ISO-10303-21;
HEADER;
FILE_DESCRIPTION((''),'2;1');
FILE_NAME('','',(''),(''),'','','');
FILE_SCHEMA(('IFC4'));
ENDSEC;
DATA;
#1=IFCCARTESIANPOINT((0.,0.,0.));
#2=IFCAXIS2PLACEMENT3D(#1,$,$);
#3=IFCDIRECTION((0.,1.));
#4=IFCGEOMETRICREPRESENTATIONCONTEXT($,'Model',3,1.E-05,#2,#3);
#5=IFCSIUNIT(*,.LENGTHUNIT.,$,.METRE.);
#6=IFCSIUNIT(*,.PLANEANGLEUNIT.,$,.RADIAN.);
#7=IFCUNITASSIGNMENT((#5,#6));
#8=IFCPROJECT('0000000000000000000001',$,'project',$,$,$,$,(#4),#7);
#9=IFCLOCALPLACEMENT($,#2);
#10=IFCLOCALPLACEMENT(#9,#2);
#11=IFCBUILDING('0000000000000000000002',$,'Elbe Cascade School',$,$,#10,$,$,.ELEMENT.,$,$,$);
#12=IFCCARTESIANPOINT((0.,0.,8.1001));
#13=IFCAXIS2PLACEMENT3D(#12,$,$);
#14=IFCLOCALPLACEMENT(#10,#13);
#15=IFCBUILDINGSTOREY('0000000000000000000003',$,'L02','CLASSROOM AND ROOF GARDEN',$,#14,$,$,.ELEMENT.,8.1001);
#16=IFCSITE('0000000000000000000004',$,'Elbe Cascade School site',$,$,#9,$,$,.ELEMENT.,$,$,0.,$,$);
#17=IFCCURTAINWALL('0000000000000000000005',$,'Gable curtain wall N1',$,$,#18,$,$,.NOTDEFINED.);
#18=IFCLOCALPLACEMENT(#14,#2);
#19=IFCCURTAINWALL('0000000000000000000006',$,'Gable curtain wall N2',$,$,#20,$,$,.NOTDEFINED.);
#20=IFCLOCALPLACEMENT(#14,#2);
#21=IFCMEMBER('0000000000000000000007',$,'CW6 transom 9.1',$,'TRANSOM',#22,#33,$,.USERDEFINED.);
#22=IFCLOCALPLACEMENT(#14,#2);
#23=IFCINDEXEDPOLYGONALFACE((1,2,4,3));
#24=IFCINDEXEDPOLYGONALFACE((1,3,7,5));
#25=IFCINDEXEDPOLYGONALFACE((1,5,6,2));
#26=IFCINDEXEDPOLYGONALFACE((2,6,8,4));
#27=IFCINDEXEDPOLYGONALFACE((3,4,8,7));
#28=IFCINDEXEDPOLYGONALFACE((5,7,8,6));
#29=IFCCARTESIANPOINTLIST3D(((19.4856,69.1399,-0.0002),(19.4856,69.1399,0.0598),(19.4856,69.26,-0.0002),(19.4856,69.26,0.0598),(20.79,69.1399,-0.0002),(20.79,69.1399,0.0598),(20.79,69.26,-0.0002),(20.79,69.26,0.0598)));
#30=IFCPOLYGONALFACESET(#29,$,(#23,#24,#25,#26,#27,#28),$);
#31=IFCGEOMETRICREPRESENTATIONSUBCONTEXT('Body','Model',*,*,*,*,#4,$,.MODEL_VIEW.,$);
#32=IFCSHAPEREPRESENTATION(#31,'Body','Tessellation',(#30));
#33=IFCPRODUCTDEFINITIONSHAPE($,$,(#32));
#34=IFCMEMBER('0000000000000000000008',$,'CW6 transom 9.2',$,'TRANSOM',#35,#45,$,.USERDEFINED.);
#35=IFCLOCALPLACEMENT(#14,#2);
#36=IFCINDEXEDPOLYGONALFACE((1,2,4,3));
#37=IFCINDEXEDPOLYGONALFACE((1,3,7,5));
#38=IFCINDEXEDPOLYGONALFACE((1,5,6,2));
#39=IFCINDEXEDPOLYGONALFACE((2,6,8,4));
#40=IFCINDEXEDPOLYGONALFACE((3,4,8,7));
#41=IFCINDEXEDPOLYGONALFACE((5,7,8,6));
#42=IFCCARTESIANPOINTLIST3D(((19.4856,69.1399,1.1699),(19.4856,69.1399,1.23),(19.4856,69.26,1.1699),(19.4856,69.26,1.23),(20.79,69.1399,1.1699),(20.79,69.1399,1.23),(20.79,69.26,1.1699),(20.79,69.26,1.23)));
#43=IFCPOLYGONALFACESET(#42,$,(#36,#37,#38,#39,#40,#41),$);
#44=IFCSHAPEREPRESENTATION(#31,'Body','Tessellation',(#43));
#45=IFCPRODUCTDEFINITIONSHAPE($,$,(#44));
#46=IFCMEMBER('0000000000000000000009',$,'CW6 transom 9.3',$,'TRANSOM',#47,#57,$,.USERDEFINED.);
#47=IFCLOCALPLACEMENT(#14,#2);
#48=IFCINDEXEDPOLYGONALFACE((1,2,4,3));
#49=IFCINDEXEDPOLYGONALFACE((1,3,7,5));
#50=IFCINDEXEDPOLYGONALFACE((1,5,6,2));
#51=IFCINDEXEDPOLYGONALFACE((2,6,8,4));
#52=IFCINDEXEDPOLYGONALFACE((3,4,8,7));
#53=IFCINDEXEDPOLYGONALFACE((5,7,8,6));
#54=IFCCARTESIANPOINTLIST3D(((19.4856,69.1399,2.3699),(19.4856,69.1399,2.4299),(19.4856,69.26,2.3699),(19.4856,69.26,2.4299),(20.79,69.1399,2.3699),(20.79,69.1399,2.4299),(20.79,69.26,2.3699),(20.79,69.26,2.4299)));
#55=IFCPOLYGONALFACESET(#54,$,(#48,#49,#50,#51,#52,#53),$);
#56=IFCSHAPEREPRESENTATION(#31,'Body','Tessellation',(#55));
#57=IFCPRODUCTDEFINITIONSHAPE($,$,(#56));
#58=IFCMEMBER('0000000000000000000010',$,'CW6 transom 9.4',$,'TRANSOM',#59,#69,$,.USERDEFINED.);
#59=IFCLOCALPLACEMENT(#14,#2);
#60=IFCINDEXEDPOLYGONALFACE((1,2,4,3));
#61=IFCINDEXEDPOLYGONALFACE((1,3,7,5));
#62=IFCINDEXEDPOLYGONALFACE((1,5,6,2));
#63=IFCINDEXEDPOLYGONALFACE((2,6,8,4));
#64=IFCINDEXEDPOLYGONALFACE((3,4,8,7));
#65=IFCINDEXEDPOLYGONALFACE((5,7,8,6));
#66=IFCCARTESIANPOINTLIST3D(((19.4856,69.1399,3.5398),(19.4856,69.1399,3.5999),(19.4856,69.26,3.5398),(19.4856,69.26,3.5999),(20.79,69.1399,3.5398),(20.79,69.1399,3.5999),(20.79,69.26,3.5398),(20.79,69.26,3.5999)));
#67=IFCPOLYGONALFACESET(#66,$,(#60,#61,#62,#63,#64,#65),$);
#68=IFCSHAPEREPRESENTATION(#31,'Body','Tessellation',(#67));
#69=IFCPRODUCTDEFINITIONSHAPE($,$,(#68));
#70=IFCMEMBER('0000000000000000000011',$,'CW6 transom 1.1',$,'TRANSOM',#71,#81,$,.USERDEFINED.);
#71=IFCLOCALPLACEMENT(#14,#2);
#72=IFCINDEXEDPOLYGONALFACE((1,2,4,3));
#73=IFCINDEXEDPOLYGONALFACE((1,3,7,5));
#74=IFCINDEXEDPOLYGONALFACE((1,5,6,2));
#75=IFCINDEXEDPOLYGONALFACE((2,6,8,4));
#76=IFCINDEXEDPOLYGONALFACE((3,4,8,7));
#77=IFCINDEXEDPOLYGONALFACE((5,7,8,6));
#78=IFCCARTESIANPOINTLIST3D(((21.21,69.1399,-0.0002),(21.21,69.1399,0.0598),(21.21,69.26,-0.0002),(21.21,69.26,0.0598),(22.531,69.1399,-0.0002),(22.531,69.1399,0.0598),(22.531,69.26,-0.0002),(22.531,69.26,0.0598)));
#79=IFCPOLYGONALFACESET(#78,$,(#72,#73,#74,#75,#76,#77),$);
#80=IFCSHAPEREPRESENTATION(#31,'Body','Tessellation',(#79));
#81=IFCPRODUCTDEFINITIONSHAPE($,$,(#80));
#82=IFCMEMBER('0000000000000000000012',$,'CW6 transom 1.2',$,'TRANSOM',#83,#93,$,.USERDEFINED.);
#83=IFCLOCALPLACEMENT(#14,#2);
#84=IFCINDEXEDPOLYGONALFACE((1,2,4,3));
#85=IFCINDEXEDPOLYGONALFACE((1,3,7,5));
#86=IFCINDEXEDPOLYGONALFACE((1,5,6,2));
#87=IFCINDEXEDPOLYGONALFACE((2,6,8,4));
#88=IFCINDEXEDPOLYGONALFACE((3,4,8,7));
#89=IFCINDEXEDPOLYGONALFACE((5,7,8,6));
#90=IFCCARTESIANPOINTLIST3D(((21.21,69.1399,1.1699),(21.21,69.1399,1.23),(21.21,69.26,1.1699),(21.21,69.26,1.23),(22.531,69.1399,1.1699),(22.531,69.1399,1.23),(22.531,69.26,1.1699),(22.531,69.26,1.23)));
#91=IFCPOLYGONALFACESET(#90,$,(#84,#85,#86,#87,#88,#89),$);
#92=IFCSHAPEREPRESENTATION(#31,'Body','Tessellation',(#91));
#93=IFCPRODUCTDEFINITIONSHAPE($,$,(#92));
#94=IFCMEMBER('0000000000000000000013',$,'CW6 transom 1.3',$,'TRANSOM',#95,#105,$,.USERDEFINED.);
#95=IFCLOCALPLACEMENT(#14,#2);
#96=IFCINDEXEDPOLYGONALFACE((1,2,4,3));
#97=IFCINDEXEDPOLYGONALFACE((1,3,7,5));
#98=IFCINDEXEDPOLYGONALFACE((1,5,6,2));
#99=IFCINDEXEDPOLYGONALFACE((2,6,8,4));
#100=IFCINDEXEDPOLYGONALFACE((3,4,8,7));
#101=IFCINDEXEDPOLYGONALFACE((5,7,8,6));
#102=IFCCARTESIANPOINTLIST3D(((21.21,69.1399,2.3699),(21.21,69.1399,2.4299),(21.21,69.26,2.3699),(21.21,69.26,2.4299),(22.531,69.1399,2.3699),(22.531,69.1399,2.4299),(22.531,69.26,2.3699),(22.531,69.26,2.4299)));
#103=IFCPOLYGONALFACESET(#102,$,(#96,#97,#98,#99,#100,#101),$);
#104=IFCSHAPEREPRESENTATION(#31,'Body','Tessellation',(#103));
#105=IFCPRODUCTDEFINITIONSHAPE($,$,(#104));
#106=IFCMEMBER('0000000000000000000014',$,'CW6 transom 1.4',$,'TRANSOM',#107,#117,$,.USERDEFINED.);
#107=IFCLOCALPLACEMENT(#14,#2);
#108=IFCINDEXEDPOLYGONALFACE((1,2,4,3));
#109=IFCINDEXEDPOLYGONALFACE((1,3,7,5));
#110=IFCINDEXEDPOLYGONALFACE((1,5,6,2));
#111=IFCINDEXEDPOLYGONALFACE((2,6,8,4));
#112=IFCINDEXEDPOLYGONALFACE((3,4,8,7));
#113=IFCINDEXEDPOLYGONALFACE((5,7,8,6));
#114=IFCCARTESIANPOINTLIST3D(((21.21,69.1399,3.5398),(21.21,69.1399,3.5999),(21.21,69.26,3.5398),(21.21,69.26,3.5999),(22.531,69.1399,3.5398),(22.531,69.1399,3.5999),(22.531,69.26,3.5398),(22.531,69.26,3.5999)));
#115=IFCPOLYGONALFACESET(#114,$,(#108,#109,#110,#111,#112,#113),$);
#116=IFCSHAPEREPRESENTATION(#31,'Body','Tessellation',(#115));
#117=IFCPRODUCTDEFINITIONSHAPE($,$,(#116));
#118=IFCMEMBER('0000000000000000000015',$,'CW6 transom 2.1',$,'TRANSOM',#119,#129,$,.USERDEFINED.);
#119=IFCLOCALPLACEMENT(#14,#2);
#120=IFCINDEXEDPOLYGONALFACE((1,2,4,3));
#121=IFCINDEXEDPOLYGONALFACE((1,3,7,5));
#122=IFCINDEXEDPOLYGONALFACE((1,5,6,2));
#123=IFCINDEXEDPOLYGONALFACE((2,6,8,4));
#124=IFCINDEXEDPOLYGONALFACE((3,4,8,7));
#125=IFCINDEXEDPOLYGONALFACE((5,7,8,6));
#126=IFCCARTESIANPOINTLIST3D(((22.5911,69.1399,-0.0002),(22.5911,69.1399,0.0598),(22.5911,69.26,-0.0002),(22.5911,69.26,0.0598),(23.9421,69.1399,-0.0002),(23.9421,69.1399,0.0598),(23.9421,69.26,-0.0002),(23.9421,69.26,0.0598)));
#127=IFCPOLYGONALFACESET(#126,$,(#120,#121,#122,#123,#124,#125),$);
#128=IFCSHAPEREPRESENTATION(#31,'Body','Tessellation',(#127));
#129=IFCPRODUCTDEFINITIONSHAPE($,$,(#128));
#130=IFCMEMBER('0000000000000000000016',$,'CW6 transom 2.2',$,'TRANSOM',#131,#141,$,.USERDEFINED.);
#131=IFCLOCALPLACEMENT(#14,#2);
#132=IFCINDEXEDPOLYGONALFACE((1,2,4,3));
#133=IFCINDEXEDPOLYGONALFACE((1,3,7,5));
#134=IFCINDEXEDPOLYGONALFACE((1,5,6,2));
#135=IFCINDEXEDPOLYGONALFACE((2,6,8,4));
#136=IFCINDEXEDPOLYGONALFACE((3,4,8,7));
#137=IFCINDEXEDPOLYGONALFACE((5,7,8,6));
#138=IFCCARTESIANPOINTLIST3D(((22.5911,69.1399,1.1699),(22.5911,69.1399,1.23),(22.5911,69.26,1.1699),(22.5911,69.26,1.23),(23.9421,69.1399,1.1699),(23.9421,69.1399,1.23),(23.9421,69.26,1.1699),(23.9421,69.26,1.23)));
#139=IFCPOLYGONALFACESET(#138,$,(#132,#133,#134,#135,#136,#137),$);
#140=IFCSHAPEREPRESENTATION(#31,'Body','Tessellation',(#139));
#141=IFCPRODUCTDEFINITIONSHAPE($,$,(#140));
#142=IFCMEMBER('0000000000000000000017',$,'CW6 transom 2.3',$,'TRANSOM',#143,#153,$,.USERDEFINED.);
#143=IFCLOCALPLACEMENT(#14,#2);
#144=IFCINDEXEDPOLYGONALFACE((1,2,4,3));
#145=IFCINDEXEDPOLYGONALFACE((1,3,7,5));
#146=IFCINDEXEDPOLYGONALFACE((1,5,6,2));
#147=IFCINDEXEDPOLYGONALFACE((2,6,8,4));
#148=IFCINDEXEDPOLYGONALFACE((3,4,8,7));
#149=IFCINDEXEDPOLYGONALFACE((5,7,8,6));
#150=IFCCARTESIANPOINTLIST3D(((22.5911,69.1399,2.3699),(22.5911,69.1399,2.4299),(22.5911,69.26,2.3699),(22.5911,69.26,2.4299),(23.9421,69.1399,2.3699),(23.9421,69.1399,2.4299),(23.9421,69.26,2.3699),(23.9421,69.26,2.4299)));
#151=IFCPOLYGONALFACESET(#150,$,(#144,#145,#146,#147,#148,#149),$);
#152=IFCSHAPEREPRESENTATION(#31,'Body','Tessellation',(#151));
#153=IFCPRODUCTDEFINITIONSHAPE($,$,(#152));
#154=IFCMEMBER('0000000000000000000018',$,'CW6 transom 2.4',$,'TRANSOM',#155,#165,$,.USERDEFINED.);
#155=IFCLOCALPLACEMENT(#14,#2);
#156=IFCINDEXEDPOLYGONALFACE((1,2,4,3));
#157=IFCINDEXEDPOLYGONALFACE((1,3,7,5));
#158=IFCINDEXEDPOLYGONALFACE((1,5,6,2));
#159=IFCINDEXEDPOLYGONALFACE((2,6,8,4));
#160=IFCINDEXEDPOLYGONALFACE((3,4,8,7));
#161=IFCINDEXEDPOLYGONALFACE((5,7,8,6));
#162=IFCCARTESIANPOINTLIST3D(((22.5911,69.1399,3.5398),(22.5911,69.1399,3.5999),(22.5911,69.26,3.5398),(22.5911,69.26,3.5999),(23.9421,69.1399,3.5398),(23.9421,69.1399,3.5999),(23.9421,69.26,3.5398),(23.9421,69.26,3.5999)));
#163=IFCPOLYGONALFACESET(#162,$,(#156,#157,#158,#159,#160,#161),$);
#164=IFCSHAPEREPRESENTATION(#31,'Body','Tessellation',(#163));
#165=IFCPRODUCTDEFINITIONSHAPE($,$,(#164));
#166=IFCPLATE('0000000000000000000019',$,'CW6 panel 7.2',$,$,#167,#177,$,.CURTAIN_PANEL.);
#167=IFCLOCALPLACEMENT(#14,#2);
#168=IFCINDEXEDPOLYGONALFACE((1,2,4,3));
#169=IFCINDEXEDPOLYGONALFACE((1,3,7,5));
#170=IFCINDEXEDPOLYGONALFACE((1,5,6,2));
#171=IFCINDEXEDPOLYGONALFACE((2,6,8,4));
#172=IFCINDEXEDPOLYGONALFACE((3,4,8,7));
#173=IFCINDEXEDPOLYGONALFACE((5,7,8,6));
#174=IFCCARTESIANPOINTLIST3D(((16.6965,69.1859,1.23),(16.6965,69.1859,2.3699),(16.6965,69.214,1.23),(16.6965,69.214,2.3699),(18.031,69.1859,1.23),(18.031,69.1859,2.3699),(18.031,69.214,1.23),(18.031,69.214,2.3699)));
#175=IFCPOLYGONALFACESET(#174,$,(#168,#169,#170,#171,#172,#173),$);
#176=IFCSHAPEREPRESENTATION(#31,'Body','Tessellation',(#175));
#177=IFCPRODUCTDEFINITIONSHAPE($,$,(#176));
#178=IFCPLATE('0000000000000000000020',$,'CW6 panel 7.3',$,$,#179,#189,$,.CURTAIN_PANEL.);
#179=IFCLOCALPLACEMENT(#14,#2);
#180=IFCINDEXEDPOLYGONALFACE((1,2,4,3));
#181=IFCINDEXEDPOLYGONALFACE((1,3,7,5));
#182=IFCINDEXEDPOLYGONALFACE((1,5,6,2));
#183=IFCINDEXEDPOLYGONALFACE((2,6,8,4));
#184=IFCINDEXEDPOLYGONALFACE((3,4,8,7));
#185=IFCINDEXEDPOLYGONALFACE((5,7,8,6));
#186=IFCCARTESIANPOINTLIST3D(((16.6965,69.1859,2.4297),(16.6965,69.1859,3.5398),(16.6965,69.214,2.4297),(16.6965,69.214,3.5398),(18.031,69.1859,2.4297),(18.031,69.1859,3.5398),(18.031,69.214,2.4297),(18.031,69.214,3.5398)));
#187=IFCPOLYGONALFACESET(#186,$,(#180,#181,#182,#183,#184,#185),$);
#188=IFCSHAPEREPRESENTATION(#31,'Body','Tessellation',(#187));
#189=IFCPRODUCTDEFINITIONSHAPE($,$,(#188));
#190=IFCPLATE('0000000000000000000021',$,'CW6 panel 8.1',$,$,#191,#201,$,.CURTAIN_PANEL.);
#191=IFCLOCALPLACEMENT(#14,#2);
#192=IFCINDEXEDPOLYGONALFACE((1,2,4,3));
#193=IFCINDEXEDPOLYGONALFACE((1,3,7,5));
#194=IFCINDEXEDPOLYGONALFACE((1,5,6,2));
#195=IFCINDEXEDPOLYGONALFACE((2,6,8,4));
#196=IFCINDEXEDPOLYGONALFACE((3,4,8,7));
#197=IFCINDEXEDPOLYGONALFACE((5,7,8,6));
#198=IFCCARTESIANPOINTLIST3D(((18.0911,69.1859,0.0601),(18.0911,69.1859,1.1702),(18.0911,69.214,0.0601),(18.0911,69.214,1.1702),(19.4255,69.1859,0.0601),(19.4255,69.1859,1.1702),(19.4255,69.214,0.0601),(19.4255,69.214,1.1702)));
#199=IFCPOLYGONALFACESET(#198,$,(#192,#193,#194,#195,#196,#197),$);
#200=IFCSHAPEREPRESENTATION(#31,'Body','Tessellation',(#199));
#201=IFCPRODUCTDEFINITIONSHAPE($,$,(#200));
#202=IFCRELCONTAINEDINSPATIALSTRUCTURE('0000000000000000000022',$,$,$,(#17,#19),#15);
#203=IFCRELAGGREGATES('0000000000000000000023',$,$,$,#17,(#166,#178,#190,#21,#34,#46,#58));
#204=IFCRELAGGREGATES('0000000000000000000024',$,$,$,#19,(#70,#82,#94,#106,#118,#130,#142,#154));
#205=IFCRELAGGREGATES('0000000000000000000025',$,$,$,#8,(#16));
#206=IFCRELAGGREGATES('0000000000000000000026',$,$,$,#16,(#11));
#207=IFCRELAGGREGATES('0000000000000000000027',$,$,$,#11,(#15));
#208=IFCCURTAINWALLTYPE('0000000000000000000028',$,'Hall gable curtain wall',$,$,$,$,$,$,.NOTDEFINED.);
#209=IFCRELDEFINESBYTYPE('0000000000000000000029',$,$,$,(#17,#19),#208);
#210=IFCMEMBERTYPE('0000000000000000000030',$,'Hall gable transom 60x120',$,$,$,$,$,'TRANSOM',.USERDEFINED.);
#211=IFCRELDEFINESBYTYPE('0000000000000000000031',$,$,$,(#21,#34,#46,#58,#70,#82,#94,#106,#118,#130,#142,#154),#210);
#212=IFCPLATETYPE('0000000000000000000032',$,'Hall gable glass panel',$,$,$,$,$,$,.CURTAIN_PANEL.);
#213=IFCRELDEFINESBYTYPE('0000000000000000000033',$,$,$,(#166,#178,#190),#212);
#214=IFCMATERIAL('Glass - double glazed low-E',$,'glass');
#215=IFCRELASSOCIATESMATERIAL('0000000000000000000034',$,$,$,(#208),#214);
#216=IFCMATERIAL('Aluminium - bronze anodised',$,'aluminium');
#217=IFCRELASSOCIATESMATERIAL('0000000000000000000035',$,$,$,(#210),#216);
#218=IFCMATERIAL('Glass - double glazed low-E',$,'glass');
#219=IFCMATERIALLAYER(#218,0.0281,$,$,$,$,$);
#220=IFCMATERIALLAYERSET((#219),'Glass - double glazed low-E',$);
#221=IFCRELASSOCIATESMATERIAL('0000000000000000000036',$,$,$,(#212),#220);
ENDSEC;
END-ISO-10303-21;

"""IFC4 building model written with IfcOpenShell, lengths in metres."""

from ifc_helpers import new_model, si_unit, direction, frame, origin, origin_2d, place, context, subcontext, project, spatial, rectangle, extrude, material, layer, layer_set, material_profile, profile_set, type_object, element, aggregate, save


model = new_model("IFC4")

# Units and contexts
model_context = context("Model", 3, precision=1e-05, world=origin(), true_north=direction((0.0, 1.0)))
body_context = subcontext(model_context, "Body", "Model", "MODEL_VIEW")
ifc_project = project(units=[si_unit("LENGTHUNIT", "METRE"), si_unit("PLANEANGLEUNIT", "RADIAN")], contexts=[model_context])

# Site, building, storey
site_placement = place(None, origin())
site = spatial("IfcSite", under=ifc_project, at=site_placement, Name="Elbe Cascade School site", CompositionType="ELEMENT", RefElevation=0.0)
building_placement = place(site_placement, origin())
building = spatial("IfcBuilding", under=site, at=building_placement, Name="Elbe Cascade School", CompositionType="ELEMENT")
storey_placement = place(building_placement, frame((0.0, 0.0, 8.1001)))
storey = spatial("IfcBuildingStorey", under=building, at=storey_placement, Name="L02", Description="CLASSROOM AND ROOF GARDEN", CompositionType="ELEMENT", Elevation=8.1001)

# Curtain walls
ifc_material_1 = material(Name="Glass - double glazed low-E", Category="glass")
curtain_wall_type = type_object("IfcCurtainWallType", Name="Hall gable curtain wall", PredefinedType="NOTDEFINED", material=ifc_material_1)
curtain_wall_1_placement = place(storey_placement, origin())
curtain_wall_1 = element("IfcCurtainWall", 1, at=curtain_wall_1_placement, inside=storey, type_object=curtain_wall_type, Name="Gable curtain wall N1", PredefinedType="NOTDEFINED")
curtain_wall_2_placement = place(storey_placement, origin())
curtain_wall_2 = element("IfcCurtainWall", 2, at=curtain_wall_2_placement, inside=storey, type_object=curtain_wall_type, Name="Gable curtain wall N2", PredefinedType="NOTDEFINED")

# Members
ifc_material_2 = material(Name="Aluminium - bronze anodised", Category="aluminium")
ifc_material_profile_1 = material_profile(ifc_material_2, rectangle(XDim=0.1201, YDim=0.0601, at=origin_2d()), Name="Alu 60x120")
ifc_profile_set_1 = profile_set([ifc_material_profile_1], Name="Aluminium - bronze anodised")
member_type_1 = type_object("IfcMemberType", Name="Hall gable transom 60x120", ElementType="TRANSOM", PredefinedType="USERDEFINED", material=ifc_profile_set_1)
member_1_placement = place(storey_placement, frame((19.4856, 69.2, 0.0298), z_axis=(1.0, 0.0, 0.0), x_axis=(0.0, 1.0, 0.0)))
member_1 = element("IfcMember", 3, at=member_1_placement, type_object=member_type_1, Name="CW6 transom 9.1", ObjectType="TRANSOM", PredefinedType="USERDEFINED", context=body_context, shape_type="SweptSolid", body=[
    extrude(rectangle(XDim=0.1201, YDim=0.0601, at=origin_2d()), origin(), (0.0, 0.0, 1.0), 1.3044),
])
member_2_placement = place(storey_placement, frame((19.4856, 69.2, 1.2), z_axis=(1.0, 0.0, 0.0), x_axis=(0.0, 1.0, 0.0)))
member_2 = element("IfcMember", 4, at=member_2_placement, type_object=member_type_1, Name="CW6 transom 9.2", ObjectType="TRANSOM", PredefinedType="USERDEFINED", context=body_context, shape_type="SweptSolid", body=[
    extrude(rectangle(XDim=0.1201, YDim=0.0601, at=origin_2d()), origin(), (0.0, 0.0, 1.0), 1.3044),
])
member_3_placement = place(storey_placement, frame((19.4856, 69.2, 2.3999), z_axis=(1.0, 0.0, 0.0), x_axis=(0.0, 1.0, 0.0)))
member_3 = element("IfcMember", 5, at=member_3_placement, type_object=member_type_1, Name="CW6 transom 9.3", ObjectType="TRANSOM", PredefinedType="USERDEFINED", context=body_context, shape_type="SweptSolid", body=[
    extrude(rectangle(XDim=0.1201, YDim=0.0601, at=origin_2d()), origin(), (0.0, 0.0, 1.0), 1.3044),
])
member_4_placement = place(storey_placement, frame((19.4856, 69.2, 3.5698), z_axis=(1.0, 0.0, 0.0), x_axis=(0.0, 1.0, 0.0)))
member_4 = element("IfcMember", 6, at=member_4_placement, type_object=member_type_1, Name="CW6 transom 9.4", ObjectType="TRANSOM", PredefinedType="USERDEFINED", context=body_context, shape_type="SweptSolid", body=[
    extrude(rectangle(XDim=0.1201, YDim=0.0601, at=origin_2d()), origin(), (0.0, 0.0, 1.0), 1.3044),
])
member_5_placement = place(storey_placement, frame((21.21, 69.2, 0.0298), z_axis=(1.0, 0.0, 0.0), x_axis=(0.0, 1.0, 0.0)))
member_5 = element("IfcMember", 7, at=member_5_placement, type_object=member_type_1, Name="CW6 transom 1.1", ObjectType="TRANSOM", PredefinedType="USERDEFINED", context=body_context, shape_type="SweptSolid", body=[
    extrude(rectangle(XDim=0.1201, YDim=0.0601, at=origin_2d()), origin(), (0.0, 0.0, 1.0), 1.321),
])
member_6_placement = place(storey_placement, frame((21.21, 69.2, 1.2), z_axis=(1.0, 0.0, 0.0), x_axis=(0.0, 1.0, 0.0)))
member_6 = element("IfcMember", 8, at=member_6_placement, type_object=member_type_1, Name="CW6 transom 1.2", ObjectType="TRANSOM", PredefinedType="USERDEFINED", context=body_context, shape_type="SweptSolid", body=[
    extrude(rectangle(XDim=0.1201, YDim=0.0601, at=origin_2d()), origin(), (0.0, 0.0, 1.0), 1.321),
])
member_7_placement = place(storey_placement, frame((21.21, 69.2, 2.3999), z_axis=(1.0, 0.0, 0.0), x_axis=(0.0, 1.0, 0.0)))
member_7 = element("IfcMember", 9, at=member_7_placement, type_object=member_type_1, Name="CW6 transom 1.3", ObjectType="TRANSOM", PredefinedType="USERDEFINED", context=body_context, shape_type="SweptSolid", body=[
    extrude(rectangle(XDim=0.1201, YDim=0.0601, at=origin_2d()), origin(), (0.0, 0.0, 1.0), 1.321),
])
member_8_placement = place(storey_placement, frame((21.21, 69.2, 3.5698), z_axis=(1.0, 0.0, 0.0), x_axis=(0.0, 1.0, 0.0)))
member_8 = element("IfcMember", 10, at=member_8_placement, type_object=member_type_1, Name="CW6 transom 1.4", ObjectType="TRANSOM", PredefinedType="USERDEFINED", context=body_context, shape_type="SweptSolid", body=[
    extrude(rectangle(XDim=0.1201, YDim=0.0601, at=origin_2d()), origin(), (0.0, 0.0, 1.0), 1.321),
])
member_9_placement = place(storey_placement, frame((22.5911, 69.2, 0.0298), z_axis=(1.0, 0.0, 0.0), x_axis=(0.0, 1.0, 0.0)))
member_9 = element("IfcMember", 11, at=member_9_placement, type_object=member_type_1, Name="CW6 transom 2.1", ObjectType="TRANSOM", PredefinedType="USERDEFINED", context=body_context, shape_type="SweptSolid", body=[
    extrude(rectangle(XDim=0.1201, YDim=0.0601, at=origin_2d()), origin(), (0.0, 0.0, 1.0), 1.3511),
])
member_10_placement = place(storey_placement, frame((22.5911, 69.2, 1.2), z_axis=(1.0, 0.0, 0.0), x_axis=(0.0, 1.0, 0.0)))
member_10 = element("IfcMember", 12, at=member_10_placement, type_object=member_type_1, Name="CW6 transom 2.2", ObjectType="TRANSOM", PredefinedType="USERDEFINED", context=body_context, shape_type="SweptSolid", body=[
    extrude(rectangle(XDim=0.1201, YDim=0.0601, at=origin_2d()), origin(), (0.0, 0.0, 1.0), 1.3511),
])
member_11_placement = place(storey_placement, frame((22.5911, 69.2, 2.3999), z_axis=(1.0, 0.0, 0.0), x_axis=(0.0, 1.0, 0.0)))
member_11 = element("IfcMember", 13, at=member_11_placement, type_object=member_type_1, Name="CW6 transom 2.3", ObjectType="TRANSOM", PredefinedType="USERDEFINED", context=body_context, shape_type="SweptSolid", body=[
    extrude(rectangle(XDim=0.1201, YDim=0.0601, at=origin_2d()), origin(), (0.0, 0.0, 1.0), 1.3511),
])
member_12_placement = place(storey_placement, frame((22.5911, 69.2, 3.5698), z_axis=(1.0, 0.0, 0.0), x_axis=(0.0, 1.0, 0.0)))
member_12 = element("IfcMember", 14, at=member_12_placement, type_object=member_type_1, Name="CW6 transom 2.4", ObjectType="TRANSOM", PredefinedType="USERDEFINED", context=body_context, shape_type="SweptSolid", body=[
    extrude(rectangle(XDim=0.1201, YDim=0.0601, at=origin_2d()), origin(), (0.0, 0.0, 1.0), 1.3511),
])

# Plates
ifc_material_3 = material(Name="Glass - double glazed low-E", Category="glass")
ifc_layer = layer(ifc_material_3, 0.0281)
ifc_layer_set = layer_set([ifc_layer], Name="Glass - double glazed low-E")
plate_type = type_object("IfcPlateType", Name="Hall gable glass panel", PredefinedType="CURTAIN_PANEL", material=ifc_layer_set)
plate_1_placement = place(storey_placement, frame((17.3638, 69.2, 1.23), z_axis=(0.0, 0.0, 1.0), x_axis=(1.0, 0.0, 0.0)))
plate_1 = element("IfcPlate", 15, at=plate_1_placement, type_object=plate_type, Name="CW6 panel 7.2", PredefinedType="CURTAIN_PANEL", context=body_context, shape_type="SweptSolid", body=[
    extrude(rectangle(XDim=1.3345, YDim=0.0281, at=origin_2d()), origin(), (0.0, 0.0, 1.0), 1.1399),
])
plate_2_placement = place(storey_placement, frame((17.3638, 69.2, 2.4297), z_axis=(0.0, 0.0, 1.0), x_axis=(1.0, 0.0, 0.0)))
plate_2 = element("IfcPlate", 16, at=plate_2_placement, type_object=plate_type, Name="CW6 panel 7.3", PredefinedType="CURTAIN_PANEL", context=body_context, shape_type="SweptSolid", body=[
    extrude(rectangle(XDim=1.3345, YDim=0.0281, at=origin_2d()), origin(), (0.0, 0.0, 1.0), 1.1101),
])
plate_3_placement = place(storey_placement, frame((18.7583, 69.2, 0.0601), z_axis=(0.0, 0.0, 1.0), x_axis=(1.0, 0.0, 0.0)))
plate_3 = element("IfcPlate", 17, at=plate_3_placement, type_object=plate_type, Name="CW6 panel 8.1", PredefinedType="CURTAIN_PANEL", context=body_context, shape_type="SweptSolid", body=[
    extrude(rectangle(XDim=1.3345, YDim=0.0281, at=origin_2d()), origin(), (0.0, 0.0, 1.0), 1.1101),
])
aggregate(curtain_wall_1, [plate_1, plate_2, plate_3, member_1, member_2, member_3, member_4])
aggregate(curtain_wall_2, [member_5, member_6, member_7, member_8, member_9, member_10, member_11, member_12])

save(model, "model.ifc")
